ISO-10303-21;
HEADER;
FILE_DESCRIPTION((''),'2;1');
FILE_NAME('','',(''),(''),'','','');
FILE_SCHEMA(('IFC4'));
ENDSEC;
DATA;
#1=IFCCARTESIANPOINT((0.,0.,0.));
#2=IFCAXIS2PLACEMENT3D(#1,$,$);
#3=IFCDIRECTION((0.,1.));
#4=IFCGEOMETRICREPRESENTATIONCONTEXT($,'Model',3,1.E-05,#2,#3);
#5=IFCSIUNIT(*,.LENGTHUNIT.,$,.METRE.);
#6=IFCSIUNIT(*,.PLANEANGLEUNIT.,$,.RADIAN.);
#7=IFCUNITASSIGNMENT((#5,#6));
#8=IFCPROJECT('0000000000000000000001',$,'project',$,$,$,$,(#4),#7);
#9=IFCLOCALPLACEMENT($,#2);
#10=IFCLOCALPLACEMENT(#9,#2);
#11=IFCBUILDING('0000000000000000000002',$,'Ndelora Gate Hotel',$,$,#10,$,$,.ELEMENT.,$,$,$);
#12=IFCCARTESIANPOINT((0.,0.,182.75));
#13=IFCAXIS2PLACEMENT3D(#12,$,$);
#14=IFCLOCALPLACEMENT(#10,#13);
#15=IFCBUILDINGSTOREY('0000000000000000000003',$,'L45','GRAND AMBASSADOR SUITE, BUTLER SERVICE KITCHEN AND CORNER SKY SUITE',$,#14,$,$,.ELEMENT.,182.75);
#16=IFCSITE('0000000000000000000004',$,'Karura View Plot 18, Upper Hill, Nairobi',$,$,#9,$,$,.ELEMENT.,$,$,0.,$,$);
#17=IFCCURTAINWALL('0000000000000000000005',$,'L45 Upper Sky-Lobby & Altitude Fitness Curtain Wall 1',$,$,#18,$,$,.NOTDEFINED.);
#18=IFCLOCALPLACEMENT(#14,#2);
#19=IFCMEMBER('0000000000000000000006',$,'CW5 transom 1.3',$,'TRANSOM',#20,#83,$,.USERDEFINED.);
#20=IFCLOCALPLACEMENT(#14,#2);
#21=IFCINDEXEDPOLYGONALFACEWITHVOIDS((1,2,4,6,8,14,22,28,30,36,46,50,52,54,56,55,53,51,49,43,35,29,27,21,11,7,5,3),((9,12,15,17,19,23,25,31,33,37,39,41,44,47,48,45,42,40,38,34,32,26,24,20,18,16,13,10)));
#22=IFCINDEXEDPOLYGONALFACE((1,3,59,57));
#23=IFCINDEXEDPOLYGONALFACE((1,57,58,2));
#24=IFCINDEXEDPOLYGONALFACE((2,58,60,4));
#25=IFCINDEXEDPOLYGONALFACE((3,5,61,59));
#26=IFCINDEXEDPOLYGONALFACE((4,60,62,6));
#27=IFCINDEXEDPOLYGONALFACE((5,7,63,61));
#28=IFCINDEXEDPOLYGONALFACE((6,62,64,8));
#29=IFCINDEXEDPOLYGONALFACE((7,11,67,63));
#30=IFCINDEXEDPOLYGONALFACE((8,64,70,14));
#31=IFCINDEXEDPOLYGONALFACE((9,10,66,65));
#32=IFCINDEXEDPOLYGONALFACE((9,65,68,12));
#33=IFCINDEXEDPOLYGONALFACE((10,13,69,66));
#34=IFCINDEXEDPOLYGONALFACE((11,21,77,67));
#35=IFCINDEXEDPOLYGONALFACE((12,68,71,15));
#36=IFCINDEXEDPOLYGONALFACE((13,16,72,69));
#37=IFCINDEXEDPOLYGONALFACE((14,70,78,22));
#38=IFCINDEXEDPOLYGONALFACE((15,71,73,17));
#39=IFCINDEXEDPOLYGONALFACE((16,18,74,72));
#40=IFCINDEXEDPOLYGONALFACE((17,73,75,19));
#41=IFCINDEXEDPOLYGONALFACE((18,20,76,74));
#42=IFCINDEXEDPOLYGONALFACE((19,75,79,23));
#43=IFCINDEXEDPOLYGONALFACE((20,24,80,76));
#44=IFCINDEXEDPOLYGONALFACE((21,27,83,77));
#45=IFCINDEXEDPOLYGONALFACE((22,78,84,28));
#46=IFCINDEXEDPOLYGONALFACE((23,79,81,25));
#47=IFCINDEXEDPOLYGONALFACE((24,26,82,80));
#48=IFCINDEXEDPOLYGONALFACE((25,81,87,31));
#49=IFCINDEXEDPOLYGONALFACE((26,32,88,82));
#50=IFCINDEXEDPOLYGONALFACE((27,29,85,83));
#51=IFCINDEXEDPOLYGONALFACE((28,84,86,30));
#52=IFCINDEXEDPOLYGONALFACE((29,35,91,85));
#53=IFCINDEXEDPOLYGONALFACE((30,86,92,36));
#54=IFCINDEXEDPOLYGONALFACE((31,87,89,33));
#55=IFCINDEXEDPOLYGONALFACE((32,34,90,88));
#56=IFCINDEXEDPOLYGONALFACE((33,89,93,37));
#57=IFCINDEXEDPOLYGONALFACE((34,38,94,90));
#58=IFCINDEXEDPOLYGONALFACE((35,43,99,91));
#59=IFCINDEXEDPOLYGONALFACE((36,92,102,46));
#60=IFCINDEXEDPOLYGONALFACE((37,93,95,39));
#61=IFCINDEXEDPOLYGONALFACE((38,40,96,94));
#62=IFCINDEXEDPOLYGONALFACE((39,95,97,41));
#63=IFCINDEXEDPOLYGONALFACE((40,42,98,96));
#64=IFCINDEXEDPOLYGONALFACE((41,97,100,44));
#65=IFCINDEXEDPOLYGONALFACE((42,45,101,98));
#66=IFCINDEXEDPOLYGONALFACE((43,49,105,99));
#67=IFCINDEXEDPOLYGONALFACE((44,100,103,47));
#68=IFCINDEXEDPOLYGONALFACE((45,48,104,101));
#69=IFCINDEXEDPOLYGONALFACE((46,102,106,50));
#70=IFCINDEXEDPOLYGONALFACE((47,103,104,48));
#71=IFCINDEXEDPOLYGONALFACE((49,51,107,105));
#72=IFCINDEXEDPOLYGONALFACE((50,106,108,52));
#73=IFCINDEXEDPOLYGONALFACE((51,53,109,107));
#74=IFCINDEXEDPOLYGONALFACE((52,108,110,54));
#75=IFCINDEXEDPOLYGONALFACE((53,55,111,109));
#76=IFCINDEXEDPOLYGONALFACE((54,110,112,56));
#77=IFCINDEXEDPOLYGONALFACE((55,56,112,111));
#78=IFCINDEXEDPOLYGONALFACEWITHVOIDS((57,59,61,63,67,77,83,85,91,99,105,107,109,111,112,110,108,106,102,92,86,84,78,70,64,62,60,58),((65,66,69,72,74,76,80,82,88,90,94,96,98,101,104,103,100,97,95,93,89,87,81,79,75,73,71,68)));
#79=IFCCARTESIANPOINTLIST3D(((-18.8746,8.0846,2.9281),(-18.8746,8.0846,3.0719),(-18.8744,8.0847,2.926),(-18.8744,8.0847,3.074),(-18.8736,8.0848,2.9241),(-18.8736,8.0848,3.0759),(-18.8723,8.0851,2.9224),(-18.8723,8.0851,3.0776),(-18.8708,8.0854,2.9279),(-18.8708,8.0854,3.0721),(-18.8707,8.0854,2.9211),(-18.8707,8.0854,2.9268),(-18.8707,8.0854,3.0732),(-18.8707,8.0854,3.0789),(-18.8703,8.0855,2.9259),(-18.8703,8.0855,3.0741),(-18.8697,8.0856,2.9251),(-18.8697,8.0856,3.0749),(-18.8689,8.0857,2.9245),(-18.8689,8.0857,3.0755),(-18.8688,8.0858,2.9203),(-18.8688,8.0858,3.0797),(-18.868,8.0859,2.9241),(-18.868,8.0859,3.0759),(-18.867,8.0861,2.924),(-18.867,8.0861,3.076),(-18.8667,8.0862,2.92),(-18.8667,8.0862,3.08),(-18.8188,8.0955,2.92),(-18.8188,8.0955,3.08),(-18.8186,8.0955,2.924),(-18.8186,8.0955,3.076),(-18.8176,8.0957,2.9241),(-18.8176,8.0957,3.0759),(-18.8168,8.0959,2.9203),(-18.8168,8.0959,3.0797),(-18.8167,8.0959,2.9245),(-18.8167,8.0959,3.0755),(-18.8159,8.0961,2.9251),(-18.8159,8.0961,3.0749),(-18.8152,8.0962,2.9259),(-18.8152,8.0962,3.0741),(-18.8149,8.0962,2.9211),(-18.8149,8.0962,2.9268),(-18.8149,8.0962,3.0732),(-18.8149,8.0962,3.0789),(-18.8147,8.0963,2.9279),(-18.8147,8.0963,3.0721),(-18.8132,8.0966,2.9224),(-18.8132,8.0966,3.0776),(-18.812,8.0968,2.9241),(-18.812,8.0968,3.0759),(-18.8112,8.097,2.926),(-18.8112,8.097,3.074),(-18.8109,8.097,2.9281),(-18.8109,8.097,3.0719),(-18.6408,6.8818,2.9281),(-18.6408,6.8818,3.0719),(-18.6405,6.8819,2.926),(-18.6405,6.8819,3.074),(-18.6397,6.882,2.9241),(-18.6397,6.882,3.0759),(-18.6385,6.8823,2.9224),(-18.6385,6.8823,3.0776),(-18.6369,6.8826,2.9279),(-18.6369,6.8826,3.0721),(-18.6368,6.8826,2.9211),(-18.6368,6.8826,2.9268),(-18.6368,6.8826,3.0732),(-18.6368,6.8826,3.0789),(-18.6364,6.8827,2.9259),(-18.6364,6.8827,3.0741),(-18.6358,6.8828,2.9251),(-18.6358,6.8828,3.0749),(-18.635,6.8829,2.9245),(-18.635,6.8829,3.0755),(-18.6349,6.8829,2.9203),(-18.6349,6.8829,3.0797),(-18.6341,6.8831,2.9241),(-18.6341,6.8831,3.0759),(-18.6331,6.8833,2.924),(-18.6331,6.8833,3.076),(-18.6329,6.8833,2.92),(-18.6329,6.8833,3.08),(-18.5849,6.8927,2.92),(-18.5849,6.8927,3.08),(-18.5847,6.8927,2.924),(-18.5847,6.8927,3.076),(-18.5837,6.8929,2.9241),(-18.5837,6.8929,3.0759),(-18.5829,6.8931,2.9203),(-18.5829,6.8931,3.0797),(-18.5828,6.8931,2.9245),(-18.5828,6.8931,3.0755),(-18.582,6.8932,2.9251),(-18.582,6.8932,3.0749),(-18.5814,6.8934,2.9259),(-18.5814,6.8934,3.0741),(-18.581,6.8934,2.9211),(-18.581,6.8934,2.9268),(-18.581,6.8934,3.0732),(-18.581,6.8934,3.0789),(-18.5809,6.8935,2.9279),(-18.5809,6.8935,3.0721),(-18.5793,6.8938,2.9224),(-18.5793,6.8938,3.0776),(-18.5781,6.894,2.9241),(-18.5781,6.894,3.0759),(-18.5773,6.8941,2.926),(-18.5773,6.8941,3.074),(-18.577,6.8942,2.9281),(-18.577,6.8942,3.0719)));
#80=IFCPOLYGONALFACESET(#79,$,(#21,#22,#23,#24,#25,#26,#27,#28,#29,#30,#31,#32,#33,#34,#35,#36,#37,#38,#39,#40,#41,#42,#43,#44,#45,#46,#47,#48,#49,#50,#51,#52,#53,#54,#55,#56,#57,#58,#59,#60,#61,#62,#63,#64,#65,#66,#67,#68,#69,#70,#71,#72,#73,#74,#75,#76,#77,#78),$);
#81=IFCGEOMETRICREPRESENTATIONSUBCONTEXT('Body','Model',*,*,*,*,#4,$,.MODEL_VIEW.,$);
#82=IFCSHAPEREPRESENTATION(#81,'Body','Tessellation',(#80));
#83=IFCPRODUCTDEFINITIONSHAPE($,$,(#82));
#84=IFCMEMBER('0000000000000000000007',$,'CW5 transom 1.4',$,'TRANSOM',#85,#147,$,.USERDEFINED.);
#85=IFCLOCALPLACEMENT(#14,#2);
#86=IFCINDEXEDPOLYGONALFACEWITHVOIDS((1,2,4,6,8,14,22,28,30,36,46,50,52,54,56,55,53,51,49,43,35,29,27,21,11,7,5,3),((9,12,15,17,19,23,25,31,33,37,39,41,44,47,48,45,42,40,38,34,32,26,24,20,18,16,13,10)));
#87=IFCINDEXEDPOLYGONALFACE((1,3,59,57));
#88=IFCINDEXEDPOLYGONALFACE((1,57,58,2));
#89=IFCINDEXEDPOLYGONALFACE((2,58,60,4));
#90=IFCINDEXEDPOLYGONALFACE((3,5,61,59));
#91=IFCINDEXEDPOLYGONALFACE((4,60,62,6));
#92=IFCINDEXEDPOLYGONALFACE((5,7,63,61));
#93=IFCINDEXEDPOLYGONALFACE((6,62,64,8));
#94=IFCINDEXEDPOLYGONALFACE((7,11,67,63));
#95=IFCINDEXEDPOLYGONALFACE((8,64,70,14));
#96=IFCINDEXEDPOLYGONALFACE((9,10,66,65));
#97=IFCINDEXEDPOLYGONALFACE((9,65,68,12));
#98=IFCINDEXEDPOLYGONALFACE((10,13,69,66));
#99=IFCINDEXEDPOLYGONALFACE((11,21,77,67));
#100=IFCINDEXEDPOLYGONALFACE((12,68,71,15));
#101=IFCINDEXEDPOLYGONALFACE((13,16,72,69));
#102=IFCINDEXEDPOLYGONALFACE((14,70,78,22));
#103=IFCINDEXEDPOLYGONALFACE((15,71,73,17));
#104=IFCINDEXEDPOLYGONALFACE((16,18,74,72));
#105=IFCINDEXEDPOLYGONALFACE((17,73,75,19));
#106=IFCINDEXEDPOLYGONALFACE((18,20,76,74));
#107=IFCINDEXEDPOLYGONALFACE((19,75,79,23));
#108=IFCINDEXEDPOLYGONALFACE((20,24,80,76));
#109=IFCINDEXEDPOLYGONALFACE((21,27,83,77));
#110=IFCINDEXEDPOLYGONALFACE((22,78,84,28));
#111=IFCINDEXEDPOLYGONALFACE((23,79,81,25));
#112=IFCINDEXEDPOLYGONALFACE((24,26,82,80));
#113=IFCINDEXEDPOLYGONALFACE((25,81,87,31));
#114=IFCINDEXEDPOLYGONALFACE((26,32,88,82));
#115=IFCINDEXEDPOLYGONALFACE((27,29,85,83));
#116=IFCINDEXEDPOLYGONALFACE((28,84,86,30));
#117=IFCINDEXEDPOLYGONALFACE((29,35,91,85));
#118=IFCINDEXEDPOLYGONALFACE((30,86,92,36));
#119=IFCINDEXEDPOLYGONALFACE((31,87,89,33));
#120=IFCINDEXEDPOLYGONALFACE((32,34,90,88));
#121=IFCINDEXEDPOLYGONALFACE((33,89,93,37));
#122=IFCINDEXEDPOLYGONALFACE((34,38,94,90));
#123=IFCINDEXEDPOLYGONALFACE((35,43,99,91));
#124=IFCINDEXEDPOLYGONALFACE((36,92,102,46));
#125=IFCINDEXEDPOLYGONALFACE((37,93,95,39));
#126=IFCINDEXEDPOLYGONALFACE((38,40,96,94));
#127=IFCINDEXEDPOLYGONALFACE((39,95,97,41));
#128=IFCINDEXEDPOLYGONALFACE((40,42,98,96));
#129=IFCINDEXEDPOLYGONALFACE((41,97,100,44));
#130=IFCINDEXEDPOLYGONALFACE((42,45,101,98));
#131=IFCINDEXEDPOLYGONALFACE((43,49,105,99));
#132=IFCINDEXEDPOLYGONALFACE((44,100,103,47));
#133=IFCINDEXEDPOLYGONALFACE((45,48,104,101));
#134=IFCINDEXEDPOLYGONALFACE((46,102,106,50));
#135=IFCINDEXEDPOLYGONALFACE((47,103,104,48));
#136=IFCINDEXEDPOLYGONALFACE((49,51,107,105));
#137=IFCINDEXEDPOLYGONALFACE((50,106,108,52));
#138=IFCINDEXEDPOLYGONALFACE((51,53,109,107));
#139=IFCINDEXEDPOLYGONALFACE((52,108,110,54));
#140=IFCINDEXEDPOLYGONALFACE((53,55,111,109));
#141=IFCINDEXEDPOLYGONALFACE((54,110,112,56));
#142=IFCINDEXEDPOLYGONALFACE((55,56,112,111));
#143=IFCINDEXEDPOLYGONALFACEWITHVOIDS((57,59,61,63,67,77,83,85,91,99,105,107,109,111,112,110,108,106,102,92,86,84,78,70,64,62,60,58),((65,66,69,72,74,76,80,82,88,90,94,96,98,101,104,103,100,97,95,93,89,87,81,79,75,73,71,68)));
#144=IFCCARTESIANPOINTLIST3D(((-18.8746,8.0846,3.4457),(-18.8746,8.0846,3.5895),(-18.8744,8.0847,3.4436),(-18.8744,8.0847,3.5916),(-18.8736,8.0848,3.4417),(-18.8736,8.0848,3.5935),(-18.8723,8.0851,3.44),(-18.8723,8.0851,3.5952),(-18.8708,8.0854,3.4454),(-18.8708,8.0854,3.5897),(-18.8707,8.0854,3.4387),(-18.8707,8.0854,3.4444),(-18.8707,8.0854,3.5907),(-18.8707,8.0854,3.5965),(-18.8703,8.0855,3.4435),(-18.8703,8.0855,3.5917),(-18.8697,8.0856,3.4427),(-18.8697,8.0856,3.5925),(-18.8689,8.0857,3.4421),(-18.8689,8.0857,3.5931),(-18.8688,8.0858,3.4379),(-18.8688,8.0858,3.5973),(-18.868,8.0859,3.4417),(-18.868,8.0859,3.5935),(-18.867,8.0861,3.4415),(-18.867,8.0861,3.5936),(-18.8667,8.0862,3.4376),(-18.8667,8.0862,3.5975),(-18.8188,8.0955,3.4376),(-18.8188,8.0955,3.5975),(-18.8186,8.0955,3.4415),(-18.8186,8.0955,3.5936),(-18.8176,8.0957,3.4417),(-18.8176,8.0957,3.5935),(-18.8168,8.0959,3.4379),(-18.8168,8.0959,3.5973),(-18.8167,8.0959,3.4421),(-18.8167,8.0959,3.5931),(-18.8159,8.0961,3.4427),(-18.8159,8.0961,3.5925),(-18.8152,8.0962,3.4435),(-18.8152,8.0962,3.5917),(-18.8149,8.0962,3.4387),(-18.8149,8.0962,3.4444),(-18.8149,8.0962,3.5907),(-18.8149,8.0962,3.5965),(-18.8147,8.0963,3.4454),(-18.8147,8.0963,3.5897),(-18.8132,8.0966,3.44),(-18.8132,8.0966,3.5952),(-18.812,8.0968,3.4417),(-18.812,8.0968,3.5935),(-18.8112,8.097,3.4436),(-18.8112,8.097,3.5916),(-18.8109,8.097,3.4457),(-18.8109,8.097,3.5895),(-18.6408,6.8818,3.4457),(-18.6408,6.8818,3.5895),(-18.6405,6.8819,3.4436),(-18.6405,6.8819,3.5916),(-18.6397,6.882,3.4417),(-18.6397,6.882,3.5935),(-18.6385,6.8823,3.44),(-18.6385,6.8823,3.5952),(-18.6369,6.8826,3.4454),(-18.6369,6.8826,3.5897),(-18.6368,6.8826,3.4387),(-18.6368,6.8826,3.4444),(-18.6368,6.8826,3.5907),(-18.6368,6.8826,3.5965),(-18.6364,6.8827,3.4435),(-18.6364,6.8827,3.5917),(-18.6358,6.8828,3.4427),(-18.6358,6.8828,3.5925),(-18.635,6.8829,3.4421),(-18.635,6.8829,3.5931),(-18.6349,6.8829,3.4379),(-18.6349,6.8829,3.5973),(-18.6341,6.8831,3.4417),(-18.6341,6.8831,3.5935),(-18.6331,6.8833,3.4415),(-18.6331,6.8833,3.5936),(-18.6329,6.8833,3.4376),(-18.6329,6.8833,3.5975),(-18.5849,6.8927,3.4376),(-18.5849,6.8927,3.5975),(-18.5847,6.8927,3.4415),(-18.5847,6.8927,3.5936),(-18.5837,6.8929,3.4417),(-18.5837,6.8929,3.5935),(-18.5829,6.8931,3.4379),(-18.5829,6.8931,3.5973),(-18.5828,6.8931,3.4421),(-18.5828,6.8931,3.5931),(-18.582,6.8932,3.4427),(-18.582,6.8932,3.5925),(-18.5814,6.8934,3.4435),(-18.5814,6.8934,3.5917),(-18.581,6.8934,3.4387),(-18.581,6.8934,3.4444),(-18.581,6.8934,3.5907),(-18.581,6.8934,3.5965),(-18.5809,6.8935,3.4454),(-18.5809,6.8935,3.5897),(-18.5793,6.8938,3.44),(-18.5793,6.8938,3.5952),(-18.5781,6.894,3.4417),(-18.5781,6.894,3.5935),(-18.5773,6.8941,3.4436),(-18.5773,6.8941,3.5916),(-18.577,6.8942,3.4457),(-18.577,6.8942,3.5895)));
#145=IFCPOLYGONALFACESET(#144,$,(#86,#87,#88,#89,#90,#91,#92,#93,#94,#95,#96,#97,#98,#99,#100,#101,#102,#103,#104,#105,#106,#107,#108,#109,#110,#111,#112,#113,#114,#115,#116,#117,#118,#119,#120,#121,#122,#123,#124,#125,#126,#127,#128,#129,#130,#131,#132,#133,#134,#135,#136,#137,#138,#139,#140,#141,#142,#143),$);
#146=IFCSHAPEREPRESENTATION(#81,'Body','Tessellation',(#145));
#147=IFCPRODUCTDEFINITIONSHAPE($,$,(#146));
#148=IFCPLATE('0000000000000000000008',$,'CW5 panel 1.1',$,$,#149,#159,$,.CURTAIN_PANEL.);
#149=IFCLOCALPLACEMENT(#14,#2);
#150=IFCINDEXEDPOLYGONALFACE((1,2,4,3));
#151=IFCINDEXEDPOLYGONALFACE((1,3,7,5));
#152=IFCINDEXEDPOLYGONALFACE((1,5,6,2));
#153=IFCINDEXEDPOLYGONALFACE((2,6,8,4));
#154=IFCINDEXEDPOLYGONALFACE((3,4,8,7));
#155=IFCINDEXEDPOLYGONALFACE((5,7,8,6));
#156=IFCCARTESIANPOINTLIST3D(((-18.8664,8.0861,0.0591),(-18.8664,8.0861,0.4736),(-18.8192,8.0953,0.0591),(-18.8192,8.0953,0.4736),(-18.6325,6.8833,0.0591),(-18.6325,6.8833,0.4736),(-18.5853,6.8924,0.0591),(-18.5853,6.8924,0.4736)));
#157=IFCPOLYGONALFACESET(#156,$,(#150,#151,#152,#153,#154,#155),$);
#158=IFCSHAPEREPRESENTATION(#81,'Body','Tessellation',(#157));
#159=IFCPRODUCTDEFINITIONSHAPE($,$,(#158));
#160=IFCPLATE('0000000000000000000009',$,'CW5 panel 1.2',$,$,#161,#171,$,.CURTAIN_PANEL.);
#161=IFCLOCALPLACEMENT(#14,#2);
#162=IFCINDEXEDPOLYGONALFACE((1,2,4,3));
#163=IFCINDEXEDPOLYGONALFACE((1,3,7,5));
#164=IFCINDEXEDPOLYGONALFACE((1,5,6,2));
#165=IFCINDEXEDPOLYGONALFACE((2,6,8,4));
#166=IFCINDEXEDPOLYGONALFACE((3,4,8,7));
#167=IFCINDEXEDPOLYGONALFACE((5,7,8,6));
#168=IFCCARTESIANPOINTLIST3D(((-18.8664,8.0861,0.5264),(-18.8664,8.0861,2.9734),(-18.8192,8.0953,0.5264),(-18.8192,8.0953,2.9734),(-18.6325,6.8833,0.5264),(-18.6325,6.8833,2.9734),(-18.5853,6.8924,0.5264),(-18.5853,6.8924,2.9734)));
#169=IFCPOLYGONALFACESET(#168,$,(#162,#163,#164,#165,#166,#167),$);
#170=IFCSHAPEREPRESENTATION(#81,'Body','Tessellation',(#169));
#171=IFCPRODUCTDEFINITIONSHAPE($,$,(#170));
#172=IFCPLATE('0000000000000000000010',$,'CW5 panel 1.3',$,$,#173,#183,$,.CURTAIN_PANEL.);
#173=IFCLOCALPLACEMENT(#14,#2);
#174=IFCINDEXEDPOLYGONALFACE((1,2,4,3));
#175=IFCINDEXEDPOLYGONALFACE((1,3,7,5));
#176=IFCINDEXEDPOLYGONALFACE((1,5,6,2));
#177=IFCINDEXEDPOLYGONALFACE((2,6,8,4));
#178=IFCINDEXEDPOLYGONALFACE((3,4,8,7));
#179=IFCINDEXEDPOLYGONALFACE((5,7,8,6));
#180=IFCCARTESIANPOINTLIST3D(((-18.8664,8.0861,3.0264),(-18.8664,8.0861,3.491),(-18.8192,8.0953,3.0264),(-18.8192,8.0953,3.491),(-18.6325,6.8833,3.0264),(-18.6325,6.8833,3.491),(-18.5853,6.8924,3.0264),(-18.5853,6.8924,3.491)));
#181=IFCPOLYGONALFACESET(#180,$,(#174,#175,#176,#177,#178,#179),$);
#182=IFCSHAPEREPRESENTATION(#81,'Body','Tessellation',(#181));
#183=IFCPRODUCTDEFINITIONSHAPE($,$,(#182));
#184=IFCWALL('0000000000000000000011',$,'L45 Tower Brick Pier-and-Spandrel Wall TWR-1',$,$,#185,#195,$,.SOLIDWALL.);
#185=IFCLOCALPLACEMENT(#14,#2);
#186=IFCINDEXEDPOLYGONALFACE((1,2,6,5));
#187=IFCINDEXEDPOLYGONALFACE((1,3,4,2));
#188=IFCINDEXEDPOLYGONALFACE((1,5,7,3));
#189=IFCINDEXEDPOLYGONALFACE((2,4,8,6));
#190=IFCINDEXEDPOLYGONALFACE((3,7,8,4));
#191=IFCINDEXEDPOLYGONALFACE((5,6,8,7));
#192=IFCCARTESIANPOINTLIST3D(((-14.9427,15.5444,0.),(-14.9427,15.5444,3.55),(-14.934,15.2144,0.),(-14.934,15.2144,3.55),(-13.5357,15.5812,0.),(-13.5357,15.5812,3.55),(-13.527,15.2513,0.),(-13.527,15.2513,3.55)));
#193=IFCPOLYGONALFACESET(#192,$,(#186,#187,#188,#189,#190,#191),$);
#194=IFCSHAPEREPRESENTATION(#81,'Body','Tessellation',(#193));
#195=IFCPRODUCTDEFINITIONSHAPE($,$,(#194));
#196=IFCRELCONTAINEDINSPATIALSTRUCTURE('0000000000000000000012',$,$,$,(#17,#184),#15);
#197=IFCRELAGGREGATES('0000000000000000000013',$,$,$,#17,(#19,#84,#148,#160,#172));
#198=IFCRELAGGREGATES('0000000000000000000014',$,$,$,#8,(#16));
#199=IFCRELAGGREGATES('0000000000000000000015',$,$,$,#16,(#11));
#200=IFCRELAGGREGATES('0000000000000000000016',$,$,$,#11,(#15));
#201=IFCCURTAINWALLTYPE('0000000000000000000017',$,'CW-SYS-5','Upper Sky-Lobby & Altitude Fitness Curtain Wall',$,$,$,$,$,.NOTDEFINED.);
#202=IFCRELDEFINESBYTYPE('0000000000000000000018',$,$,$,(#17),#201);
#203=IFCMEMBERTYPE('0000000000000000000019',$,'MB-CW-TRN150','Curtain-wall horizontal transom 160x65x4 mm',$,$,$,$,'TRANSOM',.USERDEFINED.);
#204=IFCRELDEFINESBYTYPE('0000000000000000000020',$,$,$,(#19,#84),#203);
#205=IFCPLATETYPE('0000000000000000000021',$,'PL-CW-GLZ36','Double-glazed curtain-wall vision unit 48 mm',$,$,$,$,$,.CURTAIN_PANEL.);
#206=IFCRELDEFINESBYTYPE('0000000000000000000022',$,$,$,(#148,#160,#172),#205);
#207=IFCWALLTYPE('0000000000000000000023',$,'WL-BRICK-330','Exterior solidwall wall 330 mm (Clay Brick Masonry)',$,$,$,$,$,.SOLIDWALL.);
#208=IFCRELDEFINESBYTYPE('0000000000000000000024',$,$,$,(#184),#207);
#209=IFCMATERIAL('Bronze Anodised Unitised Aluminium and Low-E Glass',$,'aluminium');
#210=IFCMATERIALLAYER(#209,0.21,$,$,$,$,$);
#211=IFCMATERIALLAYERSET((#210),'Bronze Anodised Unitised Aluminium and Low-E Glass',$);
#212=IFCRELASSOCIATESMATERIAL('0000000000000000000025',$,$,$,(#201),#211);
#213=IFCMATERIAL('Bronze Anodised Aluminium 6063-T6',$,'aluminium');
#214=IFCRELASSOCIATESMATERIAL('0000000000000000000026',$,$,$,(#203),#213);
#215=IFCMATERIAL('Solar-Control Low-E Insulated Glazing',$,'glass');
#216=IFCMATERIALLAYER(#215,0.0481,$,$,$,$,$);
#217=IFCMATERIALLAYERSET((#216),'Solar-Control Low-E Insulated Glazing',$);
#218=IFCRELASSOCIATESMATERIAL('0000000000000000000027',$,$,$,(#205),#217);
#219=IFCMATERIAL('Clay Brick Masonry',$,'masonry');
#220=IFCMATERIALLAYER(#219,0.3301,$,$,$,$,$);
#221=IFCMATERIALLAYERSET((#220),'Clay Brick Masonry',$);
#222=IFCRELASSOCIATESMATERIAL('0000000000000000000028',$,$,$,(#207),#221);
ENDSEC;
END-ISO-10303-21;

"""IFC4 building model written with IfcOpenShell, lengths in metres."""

from ifc_helpers import new_model, si_unit, direction, frame, frame_2d, origin, origin_2d, place, context, subcontext, project, spatial, rectangle, hollow_rectangle, extrude, material, layer, layer_set, material_profile, profile_set, type_object, element, aggregate, save


model = new_model("IFC4")

# Units and contexts
model_context = context("Model", 3, precision=1e-05, world=origin(), true_north=direction((0.0, 1.0)))
body_context = subcontext(model_context, "Body", "Model", "MODEL_VIEW")
ifc_project = project(units=[si_unit("LENGTHUNIT", "METRE"), si_unit("PLANEANGLEUNIT", "RADIAN")], contexts=[model_context])

# Site, building, storey
site_placement = place(None, origin())
site = spatial("IfcSite", under=ifc_project, at=site_placement, Name="Karura View Plot 18, Upper Hill, Nairobi", CompositionType="ELEMENT", RefElevation=0.0)
building_placement = place(site_placement, origin())
building = spatial("IfcBuilding", under=site, at=building_placement, Name="Ndelora Gate Hotel", CompositionType="ELEMENT")
storey_placement = place(building_placement, frame((0.0, 0.0, 182.75)))
storey = spatial("IfcBuildingStorey", under=building, at=storey_placement, Name="L45", Description="GRAND AMBASSADOR SUITE, BUTLER SERVICE KITCHEN AND CORNER SKY SUITE", CompositionType="ELEMENT", Elevation=182.75)

# Curtain wall, members, plates
ifc_material_1 = material(Name="Bronze Anodised Unitised Aluminium and Low-E Glass", Category="aluminium")
ifc_layer_1 = layer(ifc_material_1, 0.21)
ifc_layer_set_1 = layer_set([ifc_layer_1], Name="Bronze Anodised Unitised Aluminium and Low-E Glass")
curtain_wall_type = type_object("IfcCurtainWallType", Name="CW-SYS-5", Description="Upper Sky-Lobby & Altitude Fitness Curtain Wall", PredefinedType="NOTDEFINED", material=ifc_layer_set_1)
curtain_wall_placement = place(storey_placement, origin())
curtain_wall = element("IfcCurtainWall", 1, at=curtain_wall_placement, inside=storey, type_object=curtain_wall_type, Name="L45 Upper Sky-Lobby & Altitude Fitness Curtain Wall 1", PredefinedType="NOTDEFINED")
ifc_material_2 = material(Name="Bronze Anodised Aluminium 6063-T6", Category="aluminium")
ifc_material_profile_1 = material_profile(ifc_material_2, hollow_rectangle(XDim=0.0649, YDim=0.1599, WallThickness=0.0039, InnerFilletRadius=0.0039, OuterFilletRadius=0.0081, at=origin_2d()), Name="ALU 160x65x4")
ifc_profile_set_1 = profile_set([ifc_material_profile_1], Name="Bronze Anodised Aluminium 6063-T6")
member_type_1 = type_object("IfcMemberType", Name="MB-CW-TRN150", Description="Curtain-wall horizontal transom 160x65x4 mm", ElementType="TRANSOM", PredefinedType="USERDEFINED", material=ifc_profile_set_1)
member_1_placement = place(storey_placement, frame((-18.8428, 8.0908, 3.0), z_axis=(0.190864, -0.981616, 0.0), x_axis=(0.981616, 0.190864, 0.0)))
member_1 = element("IfcMember", 2, at=member_1_placement, type_object=member_type_1, Name="CW5 transom 1.3", ObjectType="TRANSOM", PredefinedType="USERDEFINED", context=body_context, shape_type="SweptSolid", body=[
    extrude(hollow_rectangle(XDim=0.0649, YDim=0.1599, WallThickness=0.0039, InnerFilletRadius=0.0039, OuterFilletRadius=0.0081, at=origin_2d()), origin(), (0.0, 0.0, 1.0), 1.2253),
])
member_2_placement = place(storey_placement, frame((-18.8428, 8.0908, 3.5176), z_axis=(0.190864, -0.981616, 0.0), x_axis=(0.981616, 0.190864, 0.0)))
member_2 = element("IfcMember", 3, at=member_2_placement, type_object=member_type_1, Name="CW5 transom 1.4", ObjectType="TRANSOM", PredefinedType="USERDEFINED", context=body_context, shape_type="SweptSolid", body=[
    extrude(hollow_rectangle(XDim=0.0649, YDim=0.1599, WallThickness=0.0039, InnerFilletRadius=0.0039, OuterFilletRadius=0.0081, at=origin_2d()), origin(), (0.0, 0.0, 1.0), 1.2253),
])
ifc_material_3 = material(Name="Solar-Control Low-E Insulated Glazing", Category="glass")
ifc_layer_2 = layer(ifc_material_3, 0.0481)
ifc_layer_set_2 = layer_set([ifc_layer_2], Name="Solar-Control Low-E Insulated Glazing")
plate_type = type_object("IfcPlateType", Name="PL-CW-GLZ36", Description="Double-glazed curtain-wall vision unit 48 mm", PredefinedType="CURTAIN_PANEL", material=ifc_layer_set_2)
plate_1_placement = place(storey_placement, frame((-18.7258, 7.4893, 0.0591), z_axis=(0.0, 0.0, 1.0), x_axis=(0.190869, -0.981616, 0.0)))
plate_1 = element("IfcPlate", 4, at=plate_1_placement, type_object=plate_type, Name="CW5 panel 1.1", PredefinedType="CURTAIN_PANEL", context=body_context, shape_type="SweptSolid", body=[
    extrude(rectangle(XDim=1.2253, YDim=0.0481, at=origin_2d()), origin(), (0.0, 0.0, 1.0), 0.4146),
])
plate_2_placement = place(storey_placement, frame((-18.7258, 7.4893, 0.5264), z_axis=(0.0, 0.0, 1.0), x_axis=(0.190869, -0.981616, 0.0)))
plate_2 = element("IfcPlate", 5, at=plate_2_placement, type_object=plate_type, Name="CW5 panel 1.2", PredefinedType="CURTAIN_PANEL", context=body_context, shape_type="SweptSolid", body=[
    extrude(rectangle(XDim=1.2253, YDim=0.0481, at=origin_2d()), origin(), (0.0, 0.0, 1.0), 2.447),
])
plate_3_placement = place(storey_placement, frame((-18.7258, 7.4893, 3.0264), z_axis=(0.0, 0.0, 1.0), x_axis=(0.190869, -0.981616, 0.0)))
plate_3 = element("IfcPlate", 6, at=plate_3_placement, type_object=plate_type, Name="CW5 panel 1.3", PredefinedType="CURTAIN_PANEL", context=body_context, shape_type="SweptSolid", body=[
    extrude(rectangle(XDim=1.2253, YDim=0.0481, at=origin_2d()), origin(), (0.0, 0.0, 1.0), 0.4646),
])
aggregate(curtain_wall, [member_1, member_2, plate_1, plate_2, plate_3])

# Wall
ifc_material_4 = material(Name="Clay Brick Masonry", Category="masonry")
ifc_layer_3 = layer(ifc_material_4, 0.3301)
ifc_layer_set_3 = layer_set([ifc_layer_3], Name="Clay Brick Masonry")
wall_type = type_object("IfcWallType", Name="WL-BRICK-330", Description="Exterior solidwall wall 330 mm (Clay Brick Masonry)", PredefinedType="SOLIDWALL", material=ifc_layer_set_3)
wall_1_placement = place(storey_placement, frame((-14.9382, 15.3794, 0.0), z_axis=(0.0, 0.0, 1.0), x_axis=(0.999657, 0.026193, 0.0)))
element("IfcWall", 7, at=wall_1_placement, inside=storey, type_object=wall_type, Name="L45 Tower Brick Pier-and-Spandrel Wall TWR-1", PredefinedType="SOLIDWALL", context=body_context, shape_type="SweptSolid", body=[
    extrude(rectangle(XDim=1.4075, YDim=0.3301, at=frame_2d((0.7036, 0.0))), origin(), (0.0, 0.0, 1.0), 3.55),
])

save(model, "model.ifc")
